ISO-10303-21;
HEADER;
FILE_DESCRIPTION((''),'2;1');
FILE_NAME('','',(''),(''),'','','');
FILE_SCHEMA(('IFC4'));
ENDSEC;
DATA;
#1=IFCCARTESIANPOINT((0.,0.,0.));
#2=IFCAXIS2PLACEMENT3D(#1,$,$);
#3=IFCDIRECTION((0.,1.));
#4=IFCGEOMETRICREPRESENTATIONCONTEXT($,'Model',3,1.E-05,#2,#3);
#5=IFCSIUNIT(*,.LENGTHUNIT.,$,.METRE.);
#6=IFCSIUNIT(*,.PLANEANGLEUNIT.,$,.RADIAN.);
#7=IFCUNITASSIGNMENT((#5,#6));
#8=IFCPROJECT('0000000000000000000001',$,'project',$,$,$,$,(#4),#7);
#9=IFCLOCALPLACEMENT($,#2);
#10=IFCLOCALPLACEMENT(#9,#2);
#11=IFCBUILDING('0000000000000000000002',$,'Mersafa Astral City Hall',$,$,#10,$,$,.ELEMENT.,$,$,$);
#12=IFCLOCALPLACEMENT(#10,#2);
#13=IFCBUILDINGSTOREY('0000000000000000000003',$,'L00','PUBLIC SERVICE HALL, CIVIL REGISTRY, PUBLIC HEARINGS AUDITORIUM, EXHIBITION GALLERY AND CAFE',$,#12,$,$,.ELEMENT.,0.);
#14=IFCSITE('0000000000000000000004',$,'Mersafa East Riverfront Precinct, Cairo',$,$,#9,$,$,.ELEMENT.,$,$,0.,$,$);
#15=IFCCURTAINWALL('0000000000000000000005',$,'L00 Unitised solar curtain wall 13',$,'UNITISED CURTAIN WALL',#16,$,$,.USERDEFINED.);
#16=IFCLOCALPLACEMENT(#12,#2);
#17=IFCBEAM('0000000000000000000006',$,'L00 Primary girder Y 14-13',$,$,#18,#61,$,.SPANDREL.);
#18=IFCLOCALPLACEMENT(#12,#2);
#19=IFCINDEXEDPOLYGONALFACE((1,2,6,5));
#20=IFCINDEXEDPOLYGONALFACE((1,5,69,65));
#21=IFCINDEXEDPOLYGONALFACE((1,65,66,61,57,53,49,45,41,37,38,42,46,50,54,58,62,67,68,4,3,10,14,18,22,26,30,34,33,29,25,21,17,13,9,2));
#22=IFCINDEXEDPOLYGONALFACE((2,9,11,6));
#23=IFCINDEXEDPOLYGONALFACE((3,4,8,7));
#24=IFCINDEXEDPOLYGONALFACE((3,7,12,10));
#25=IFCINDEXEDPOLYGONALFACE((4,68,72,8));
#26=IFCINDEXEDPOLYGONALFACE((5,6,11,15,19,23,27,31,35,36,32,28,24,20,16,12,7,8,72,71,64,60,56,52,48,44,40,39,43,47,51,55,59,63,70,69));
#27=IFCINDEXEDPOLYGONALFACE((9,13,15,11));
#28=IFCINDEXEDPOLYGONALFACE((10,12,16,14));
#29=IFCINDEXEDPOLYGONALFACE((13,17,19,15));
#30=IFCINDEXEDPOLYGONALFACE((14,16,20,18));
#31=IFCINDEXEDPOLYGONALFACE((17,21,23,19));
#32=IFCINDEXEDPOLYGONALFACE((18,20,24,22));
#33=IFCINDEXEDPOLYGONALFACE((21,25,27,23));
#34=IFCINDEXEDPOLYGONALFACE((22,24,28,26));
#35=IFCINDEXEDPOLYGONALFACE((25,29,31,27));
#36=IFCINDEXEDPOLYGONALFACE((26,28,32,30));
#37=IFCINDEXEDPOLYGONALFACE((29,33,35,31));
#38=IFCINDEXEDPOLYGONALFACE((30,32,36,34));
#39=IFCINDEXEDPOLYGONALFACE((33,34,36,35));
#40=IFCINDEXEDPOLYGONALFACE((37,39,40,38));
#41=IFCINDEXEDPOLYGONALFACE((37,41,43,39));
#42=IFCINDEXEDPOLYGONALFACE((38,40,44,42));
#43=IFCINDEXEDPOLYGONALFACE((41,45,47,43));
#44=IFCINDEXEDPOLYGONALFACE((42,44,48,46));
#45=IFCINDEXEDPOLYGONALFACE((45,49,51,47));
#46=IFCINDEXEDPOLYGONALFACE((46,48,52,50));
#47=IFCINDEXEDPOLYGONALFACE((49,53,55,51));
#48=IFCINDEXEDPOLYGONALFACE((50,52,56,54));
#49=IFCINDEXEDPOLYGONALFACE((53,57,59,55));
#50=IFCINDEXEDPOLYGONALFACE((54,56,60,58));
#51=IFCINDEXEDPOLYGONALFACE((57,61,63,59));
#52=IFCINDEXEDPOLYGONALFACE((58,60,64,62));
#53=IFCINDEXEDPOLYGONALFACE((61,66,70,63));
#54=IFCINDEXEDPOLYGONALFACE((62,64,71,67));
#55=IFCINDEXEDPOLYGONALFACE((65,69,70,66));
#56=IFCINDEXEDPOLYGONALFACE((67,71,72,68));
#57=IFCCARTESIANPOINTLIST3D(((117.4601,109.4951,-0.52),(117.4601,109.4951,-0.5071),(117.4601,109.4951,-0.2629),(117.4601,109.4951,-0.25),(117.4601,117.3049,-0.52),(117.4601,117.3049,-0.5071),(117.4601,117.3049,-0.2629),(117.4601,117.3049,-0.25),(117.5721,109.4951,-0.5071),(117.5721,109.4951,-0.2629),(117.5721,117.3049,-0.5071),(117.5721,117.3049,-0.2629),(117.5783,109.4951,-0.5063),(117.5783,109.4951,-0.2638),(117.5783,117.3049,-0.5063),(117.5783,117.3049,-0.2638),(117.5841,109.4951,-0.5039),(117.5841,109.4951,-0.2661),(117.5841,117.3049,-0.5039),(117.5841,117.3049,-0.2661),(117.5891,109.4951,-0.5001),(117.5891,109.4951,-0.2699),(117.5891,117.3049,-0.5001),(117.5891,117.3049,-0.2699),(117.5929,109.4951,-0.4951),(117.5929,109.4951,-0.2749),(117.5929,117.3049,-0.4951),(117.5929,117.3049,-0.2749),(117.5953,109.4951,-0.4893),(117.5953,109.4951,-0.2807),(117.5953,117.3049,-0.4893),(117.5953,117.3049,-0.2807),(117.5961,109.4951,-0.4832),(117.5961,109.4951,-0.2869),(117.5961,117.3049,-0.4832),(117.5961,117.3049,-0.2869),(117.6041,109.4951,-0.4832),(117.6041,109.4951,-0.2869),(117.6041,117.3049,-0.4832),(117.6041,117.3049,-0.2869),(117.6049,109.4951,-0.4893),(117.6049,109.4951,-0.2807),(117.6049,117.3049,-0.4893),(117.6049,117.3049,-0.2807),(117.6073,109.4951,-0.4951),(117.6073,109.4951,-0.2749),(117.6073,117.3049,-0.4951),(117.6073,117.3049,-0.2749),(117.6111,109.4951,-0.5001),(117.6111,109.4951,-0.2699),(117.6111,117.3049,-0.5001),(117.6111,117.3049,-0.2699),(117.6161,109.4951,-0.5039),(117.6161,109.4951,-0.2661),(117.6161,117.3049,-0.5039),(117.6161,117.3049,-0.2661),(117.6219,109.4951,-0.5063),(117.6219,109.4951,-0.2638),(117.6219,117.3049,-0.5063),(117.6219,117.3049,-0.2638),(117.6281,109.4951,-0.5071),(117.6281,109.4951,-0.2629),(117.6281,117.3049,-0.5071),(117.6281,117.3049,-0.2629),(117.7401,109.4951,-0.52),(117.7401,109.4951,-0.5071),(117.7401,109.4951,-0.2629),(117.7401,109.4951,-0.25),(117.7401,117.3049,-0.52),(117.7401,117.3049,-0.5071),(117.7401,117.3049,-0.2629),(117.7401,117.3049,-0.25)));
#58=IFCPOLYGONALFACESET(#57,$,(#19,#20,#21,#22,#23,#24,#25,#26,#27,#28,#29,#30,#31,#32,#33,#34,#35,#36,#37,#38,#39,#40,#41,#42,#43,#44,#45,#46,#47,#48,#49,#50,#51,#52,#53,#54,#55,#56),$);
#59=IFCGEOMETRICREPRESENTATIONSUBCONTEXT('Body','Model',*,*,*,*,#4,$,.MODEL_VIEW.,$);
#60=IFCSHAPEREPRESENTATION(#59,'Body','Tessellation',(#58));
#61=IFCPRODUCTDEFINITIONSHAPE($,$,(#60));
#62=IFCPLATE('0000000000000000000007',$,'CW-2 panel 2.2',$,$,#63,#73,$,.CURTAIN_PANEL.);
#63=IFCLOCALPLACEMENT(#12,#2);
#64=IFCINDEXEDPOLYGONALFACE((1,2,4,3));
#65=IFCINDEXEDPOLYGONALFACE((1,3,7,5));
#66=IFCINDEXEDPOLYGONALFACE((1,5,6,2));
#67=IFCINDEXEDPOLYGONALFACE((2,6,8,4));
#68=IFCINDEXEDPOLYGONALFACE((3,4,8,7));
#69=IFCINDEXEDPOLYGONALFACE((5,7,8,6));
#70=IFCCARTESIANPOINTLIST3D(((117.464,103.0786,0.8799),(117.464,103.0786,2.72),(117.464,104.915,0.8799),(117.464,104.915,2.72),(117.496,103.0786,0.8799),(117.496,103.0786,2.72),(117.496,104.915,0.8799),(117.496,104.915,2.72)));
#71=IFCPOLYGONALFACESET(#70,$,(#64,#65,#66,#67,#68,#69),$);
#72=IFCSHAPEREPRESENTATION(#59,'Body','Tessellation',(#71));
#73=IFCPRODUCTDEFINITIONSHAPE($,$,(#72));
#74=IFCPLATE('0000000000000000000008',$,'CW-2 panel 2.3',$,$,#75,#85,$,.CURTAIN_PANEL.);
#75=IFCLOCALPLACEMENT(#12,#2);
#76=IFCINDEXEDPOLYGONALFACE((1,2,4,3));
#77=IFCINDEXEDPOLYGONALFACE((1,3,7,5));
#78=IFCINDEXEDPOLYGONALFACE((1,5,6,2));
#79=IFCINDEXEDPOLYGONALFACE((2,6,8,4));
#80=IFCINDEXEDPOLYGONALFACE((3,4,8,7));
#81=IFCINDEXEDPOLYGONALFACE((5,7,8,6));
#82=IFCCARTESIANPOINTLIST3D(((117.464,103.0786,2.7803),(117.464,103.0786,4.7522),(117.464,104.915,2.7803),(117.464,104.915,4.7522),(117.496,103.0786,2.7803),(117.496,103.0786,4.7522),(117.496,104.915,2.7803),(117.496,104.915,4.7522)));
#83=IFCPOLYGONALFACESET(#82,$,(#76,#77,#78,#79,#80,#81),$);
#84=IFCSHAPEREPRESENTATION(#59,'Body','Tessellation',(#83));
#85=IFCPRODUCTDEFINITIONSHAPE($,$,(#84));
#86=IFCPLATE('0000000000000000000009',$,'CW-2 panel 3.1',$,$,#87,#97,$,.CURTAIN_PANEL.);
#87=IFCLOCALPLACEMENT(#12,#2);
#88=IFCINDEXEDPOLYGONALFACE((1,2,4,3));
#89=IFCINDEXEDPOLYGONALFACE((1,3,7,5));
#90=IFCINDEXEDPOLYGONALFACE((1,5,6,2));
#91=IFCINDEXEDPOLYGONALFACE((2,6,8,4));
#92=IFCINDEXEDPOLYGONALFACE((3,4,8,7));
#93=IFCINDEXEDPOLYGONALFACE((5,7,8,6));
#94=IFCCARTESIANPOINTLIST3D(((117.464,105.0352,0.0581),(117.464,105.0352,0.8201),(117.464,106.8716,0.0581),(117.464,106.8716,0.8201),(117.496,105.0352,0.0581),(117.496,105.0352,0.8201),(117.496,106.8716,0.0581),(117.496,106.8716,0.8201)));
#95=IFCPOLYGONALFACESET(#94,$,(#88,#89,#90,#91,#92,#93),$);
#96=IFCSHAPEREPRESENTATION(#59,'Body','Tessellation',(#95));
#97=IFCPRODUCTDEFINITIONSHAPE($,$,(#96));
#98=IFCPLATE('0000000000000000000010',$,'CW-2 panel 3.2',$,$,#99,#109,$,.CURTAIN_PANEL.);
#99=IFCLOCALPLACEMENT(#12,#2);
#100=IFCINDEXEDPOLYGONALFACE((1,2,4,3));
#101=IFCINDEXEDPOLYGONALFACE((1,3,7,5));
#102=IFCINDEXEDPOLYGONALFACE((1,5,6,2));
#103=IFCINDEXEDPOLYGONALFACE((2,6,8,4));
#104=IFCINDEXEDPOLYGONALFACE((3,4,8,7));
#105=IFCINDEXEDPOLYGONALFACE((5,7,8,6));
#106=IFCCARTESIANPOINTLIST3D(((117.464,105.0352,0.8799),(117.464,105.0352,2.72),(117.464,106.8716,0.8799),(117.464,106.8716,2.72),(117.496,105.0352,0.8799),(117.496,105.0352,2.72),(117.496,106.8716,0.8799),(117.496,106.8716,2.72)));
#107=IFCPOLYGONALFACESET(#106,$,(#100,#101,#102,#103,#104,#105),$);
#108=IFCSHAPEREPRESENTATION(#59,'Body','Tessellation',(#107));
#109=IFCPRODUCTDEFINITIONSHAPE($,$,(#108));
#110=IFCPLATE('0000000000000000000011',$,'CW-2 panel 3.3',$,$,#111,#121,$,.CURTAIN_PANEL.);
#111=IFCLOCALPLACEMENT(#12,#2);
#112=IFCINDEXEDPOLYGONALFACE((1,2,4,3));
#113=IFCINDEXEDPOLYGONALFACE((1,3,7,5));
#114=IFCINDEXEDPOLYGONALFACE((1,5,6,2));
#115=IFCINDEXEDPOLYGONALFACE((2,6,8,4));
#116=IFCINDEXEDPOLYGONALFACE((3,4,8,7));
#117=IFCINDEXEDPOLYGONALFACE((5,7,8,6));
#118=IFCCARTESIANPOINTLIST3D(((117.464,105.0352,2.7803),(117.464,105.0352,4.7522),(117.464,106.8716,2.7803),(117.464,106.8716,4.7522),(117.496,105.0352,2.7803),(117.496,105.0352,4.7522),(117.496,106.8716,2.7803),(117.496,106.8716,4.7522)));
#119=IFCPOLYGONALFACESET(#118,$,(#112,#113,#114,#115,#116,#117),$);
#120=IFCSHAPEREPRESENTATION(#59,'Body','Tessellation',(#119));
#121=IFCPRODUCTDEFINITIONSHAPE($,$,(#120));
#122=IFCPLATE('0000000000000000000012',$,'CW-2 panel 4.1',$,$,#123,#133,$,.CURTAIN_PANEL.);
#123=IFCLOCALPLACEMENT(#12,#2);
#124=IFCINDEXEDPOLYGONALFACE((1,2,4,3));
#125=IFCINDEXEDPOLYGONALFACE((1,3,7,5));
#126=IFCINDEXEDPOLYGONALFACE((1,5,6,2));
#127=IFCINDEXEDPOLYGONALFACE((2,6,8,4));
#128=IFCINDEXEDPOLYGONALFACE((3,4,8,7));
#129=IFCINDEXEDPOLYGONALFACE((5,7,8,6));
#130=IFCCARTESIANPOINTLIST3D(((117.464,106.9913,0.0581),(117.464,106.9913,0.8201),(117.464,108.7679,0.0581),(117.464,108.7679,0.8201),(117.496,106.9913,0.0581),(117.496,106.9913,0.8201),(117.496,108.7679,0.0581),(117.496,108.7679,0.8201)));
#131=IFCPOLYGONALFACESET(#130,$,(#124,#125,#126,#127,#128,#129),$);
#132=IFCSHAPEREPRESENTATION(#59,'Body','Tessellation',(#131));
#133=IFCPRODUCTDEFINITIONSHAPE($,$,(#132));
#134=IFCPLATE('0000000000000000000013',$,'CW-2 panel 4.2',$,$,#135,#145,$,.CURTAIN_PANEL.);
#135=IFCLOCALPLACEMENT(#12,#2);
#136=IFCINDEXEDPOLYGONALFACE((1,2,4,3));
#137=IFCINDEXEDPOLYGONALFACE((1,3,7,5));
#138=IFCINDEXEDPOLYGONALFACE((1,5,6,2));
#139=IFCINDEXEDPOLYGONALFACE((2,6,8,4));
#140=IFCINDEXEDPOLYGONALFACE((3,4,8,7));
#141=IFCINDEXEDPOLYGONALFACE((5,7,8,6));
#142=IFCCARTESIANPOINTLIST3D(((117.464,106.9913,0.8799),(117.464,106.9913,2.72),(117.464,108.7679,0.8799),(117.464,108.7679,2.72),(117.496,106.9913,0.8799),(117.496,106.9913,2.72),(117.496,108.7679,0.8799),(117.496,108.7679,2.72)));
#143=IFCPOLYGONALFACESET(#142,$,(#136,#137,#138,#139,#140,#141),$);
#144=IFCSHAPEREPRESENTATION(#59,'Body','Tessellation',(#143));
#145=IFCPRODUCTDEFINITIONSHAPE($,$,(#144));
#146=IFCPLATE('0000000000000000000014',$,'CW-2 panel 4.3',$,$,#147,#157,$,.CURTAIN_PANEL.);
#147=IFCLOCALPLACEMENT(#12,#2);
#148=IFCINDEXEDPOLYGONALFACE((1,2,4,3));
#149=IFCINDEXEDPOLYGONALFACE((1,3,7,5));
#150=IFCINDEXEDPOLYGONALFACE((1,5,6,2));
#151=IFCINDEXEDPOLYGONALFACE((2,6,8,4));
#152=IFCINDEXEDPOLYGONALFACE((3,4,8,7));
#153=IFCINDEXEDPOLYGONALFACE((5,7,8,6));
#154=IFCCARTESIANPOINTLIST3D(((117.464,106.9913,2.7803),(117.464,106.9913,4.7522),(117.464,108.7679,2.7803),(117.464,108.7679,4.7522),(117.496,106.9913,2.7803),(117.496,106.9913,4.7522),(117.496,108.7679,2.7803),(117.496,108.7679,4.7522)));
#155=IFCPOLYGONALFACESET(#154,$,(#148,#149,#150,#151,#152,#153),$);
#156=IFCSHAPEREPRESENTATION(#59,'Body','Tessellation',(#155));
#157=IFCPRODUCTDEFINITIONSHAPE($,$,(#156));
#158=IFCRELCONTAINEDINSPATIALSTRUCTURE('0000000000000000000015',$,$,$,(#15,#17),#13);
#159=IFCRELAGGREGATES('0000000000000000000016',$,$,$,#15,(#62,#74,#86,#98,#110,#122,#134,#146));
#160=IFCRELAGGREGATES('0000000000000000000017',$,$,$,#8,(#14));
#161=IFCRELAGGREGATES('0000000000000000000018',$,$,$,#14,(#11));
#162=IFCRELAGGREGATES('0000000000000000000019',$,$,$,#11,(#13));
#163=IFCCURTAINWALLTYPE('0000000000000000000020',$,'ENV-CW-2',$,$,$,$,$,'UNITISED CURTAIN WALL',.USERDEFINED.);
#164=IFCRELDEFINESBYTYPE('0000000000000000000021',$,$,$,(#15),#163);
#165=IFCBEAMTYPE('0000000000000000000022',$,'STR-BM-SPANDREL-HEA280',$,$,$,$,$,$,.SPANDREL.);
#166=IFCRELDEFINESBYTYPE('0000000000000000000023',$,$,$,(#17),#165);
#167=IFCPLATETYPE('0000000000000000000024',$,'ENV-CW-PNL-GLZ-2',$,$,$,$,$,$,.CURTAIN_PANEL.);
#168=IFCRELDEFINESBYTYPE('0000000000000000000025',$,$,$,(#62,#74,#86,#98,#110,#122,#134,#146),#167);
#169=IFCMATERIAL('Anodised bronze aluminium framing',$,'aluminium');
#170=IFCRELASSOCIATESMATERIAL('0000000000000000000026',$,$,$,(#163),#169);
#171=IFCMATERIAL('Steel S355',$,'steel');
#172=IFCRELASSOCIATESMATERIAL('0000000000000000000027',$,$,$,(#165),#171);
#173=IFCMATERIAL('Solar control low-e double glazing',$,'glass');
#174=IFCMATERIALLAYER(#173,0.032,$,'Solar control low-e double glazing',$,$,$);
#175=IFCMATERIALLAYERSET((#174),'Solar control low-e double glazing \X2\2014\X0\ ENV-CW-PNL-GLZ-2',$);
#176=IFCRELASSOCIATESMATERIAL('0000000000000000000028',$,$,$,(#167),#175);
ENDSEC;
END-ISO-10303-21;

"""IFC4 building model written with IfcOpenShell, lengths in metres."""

from ifc_helpers import new_model, si_unit, direction, frame, origin, origin_2d, place, context, subcontext, project, spatial, rectangle, i_section, extrude, material, layer, layer_set, material_profile, profile_set, type_object, element, aggregate, save


model = new_model("IFC4")

# Units and contexts
model_context = context("Model", 3, precision=1e-05, world=origin(), true_north=direction((0.0, 1.0)))
body_context = subcontext(model_context, "Body", "Model", "MODEL_VIEW")
ifc_project = project(units=[si_unit("LENGTHUNIT", "METRE"), si_unit("PLANEANGLEUNIT", "RADIAN")], contexts=[model_context])

# Site, building, storey
site_placement = place(None, origin())
site = spatial("IfcSite", under=ifc_project, at=site_placement, Name="Mersafa East Riverfront Precinct, Cairo", CompositionType="ELEMENT", RefElevation=0.0)
building_placement = place(site_placement, origin())
building = spatial("IfcBuilding", under=site, at=building_placement, Name="Mersafa Astral City Hall", CompositionType="ELEMENT")
storey_placement = place(building_placement, origin())
storey = spatial("IfcBuildingStorey", under=building, at=storey_placement, Name="L00", Description="PUBLIC SERVICE HALL, CIVIL REGISTRY, PUBLIC HEARINGS AUDITORIUM, EXHIBITION GALLERY AND CAFE", CompositionType="ELEMENT", Elevation=0.0)

# Shared definitions
ifc_material_1 = material(Name="Steel S355", Category="steel")

# Curtain wall
ifc_material_2 = material(Name="Anodised bronze aluminium framing", Category="aluminium")
curtain_wall_type = type_object("IfcCurtainWallType", Name="ENV-CW-2", ElementType="UNITISED CURTAIN WALL", PredefinedType="USERDEFINED", material=ifc_material_2)
curtain_wall_placement = place(storey_placement, origin())
curtain_wall = element("IfcCurtainWall", 1, at=curtain_wall_placement, inside=storey, type_object=curtain_wall_type, Name="L00 Unitised solar curtain wall 13", ObjectType="UNITISED CURTAIN WALL", PredefinedType="USERDEFINED")

# Beam
ifc_material_profile_1 = material_profile(ifc_material_1, i_section(OverallWidth=0.28, OverallDepth=0.27, WebThickness=0.0081, FlangeThickness=0.0129, FilletRadius=0.0239, at=origin_2d()), Name="HEA 280")
ifc_profile_set_1 = profile_set([ifc_material_profile_1], Name="Steel S355")
beam_type = type_object("IfcBeamType", Name="STR-BM-SPANDREL-HEA280", PredefinedType="SPANDREL", material=ifc_profile_set_1)
beam_placement = place(storey_placement, frame((117.6001, 109.4951, -0.385), z_axis=(0.0, 1.0, 0.0), x_axis=(-1.0, 0.0, 0.0)))
element("IfcBeam", 2, at=beam_placement, inside=storey, type_object=beam_type, Name="L00 Primary girder Y 14-13", PredefinedType="SPANDREL", context=body_context, shape_type="SweptSolid", body=[
    extrude(i_section(OverallWidth=0.28, OverallDepth=0.27, WebThickness=0.0081, FlangeThickness=0.0129, FilletRadius=0.0239, at=origin_2d()), origin(), (0.0, 0.0, 1.0), 7.8098),
])

# Plates
ifc_material_3 = material(Name="Solar control low-e double glazing", Category="glass")
ifc_layer_1 = layer(ifc_material_3, 0.032, Name="Solar control low-e double glazing")
ifc_layer_set_1 = layer_set([ifc_layer_1], Name="Solar control low-e double glazing — ENV-CW-PNL-GLZ-2")
plate_type = type_object("IfcPlateType", Name="ENV-CW-PNL-GLZ-2", PredefinedType="CURTAIN_PANEL", material=ifc_layer_set_1)
plate_1_placement = place(storey_placement, frame((117.48, 103.9968, 0.8799), z_axis=(0.0, 0.0, 1.0), x_axis=(0.0, 1.0, 0.0)))
plate_1 = element("IfcPlate", 3, at=plate_1_placement, type_object=plate_type, Name="CW-2 panel 2.2", PredefinedType="CURTAIN_PANEL", context=body_context, shape_type="SweptSolid", body=[
    extrude(rectangle(XDim=1.8364, YDim=0.032, at=origin_2d()), origin(), (0.0, 0.0, 1.0), 1.8401),
])
plate_2_placement = place(storey_placement, frame((117.48, 103.9968, 2.7803), z_axis=(0.0, 0.0, 1.0), x_axis=(0.0, 1.0, 0.0)))
plate_2 = element("IfcPlate", 4, at=plate_2_placement, type_object=plate_type, Name="CW-2 panel 2.3", PredefinedType="CURTAIN_PANEL", context=body_context, shape_type="SweptSolid", body=[
    extrude(rectangle(XDim=1.8364, YDim=0.032, at=origin_2d()), origin(), (0.0, 0.0, 1.0), 1.9719),
])
plate_3_placement = place(storey_placement, frame((117.48, 105.9534, 0.0581), z_axis=(0.0, 0.0, 1.0), x_axis=(0.0, 1.0, 0.0)))
plate_3 = element("IfcPlate", 5, at=plate_3_placement, type_object=plate_type, Name="CW-2 panel 3.1", PredefinedType="CURTAIN_PANEL", context=body_context, shape_type="SweptSolid", body=[
    extrude(rectangle(XDim=1.8364, YDim=0.032, at=origin_2d()), origin(), (0.0, 0.0, 1.0), 0.762),
])
plate_4_placement = place(storey_placement, frame((117.48, 105.9534, 0.8799), z_axis=(0.0, 0.0, 1.0), x_axis=(0.0, 1.0, 0.0)))
plate_4 = element("IfcPlate", 6, at=plate_4_placement, type_object=plate_type, Name="CW-2 panel 3.2", PredefinedType="CURTAIN_PANEL", context=body_context, shape_type="SweptSolid", body=[
    extrude(rectangle(XDim=1.8364, YDim=0.032, at=origin_2d()), origin(), (0.0, 0.0, 1.0), 1.8401),
])
plate_5_placement = place(storey_placement, frame((117.48, 105.9534, 2.7803), z_axis=(0.0, 0.0, 1.0), x_axis=(0.0, 1.0, 0.0)))
plate_5 = element("IfcPlate", 7, at=plate_5_placement, type_object=plate_type, Name="CW-2 panel 3.3", PredefinedType="CURTAIN_PANEL", context=body_context, shape_type="SweptSolid", body=[
    extrude(rectangle(XDim=1.8364, YDim=0.032, at=origin_2d()), origin(), (0.0, 0.0, 1.0), 1.9719),
])
plate_6_placement = place(storey_placement, frame((117.48, 107.8796, 0.0581), z_axis=(0.0, 0.0, 1.0), x_axis=(0.0, 1.0, 0.0)))
plate_6 = element("IfcPlate", 8, at=plate_6_placement, type_object=plate_type, Name="CW-2 panel 4.1", PredefinedType="CURTAIN_PANEL", context=body_context, shape_type="SweptSolid", body=[
    extrude(rectangle(XDim=1.7766, YDim=0.032, at=origin_2d()), origin(), (0.0, 0.0, 1.0), 0.762),
])
plate_7_placement = place(storey_placement, frame((117.48, 107.8796, 0.8799), z_axis=(0.0, 0.0, 1.0), x_axis=(0.0, 1.0, 0.0)))
plate_7 = element("IfcPlate", 9, at=plate_7_placement, type_object=plate_type, Name="CW-2 panel 4.2", PredefinedType="CURTAIN_PANEL", context=body_context, shape_type="SweptSolid", body=[
    extrude(rectangle(XDim=1.7766, YDim=0.032, at=origin_2d()), origin(), (0.0, 0.0, 1.0), 1.8401),
])
plate_8_placement = place(storey_placement, frame((117.48, 107.8796, 2.7803), z_axis=(0.0, 0.0, 1.0), x_axis=(0.0, 1.0, 0.0)))
plate_8 = element("IfcPlate", 10, at=plate_8_placement, type_object=plate_type, Name="CW-2 panel 4.3", PredefinedType="CURTAIN_PANEL", context=body_context, shape_type="SweptSolid", body=[
    extrude(rectangle(XDim=1.7766, YDim=0.032, at=origin_2d()), origin(), (0.0, 0.0, 1.0), 1.9719),
])
aggregate(curtain_wall, [plate_1, plate_2, plate_3, plate_4, plate_5, plate_6, plate_7, plate_8])

save(model, "model.ifc")
